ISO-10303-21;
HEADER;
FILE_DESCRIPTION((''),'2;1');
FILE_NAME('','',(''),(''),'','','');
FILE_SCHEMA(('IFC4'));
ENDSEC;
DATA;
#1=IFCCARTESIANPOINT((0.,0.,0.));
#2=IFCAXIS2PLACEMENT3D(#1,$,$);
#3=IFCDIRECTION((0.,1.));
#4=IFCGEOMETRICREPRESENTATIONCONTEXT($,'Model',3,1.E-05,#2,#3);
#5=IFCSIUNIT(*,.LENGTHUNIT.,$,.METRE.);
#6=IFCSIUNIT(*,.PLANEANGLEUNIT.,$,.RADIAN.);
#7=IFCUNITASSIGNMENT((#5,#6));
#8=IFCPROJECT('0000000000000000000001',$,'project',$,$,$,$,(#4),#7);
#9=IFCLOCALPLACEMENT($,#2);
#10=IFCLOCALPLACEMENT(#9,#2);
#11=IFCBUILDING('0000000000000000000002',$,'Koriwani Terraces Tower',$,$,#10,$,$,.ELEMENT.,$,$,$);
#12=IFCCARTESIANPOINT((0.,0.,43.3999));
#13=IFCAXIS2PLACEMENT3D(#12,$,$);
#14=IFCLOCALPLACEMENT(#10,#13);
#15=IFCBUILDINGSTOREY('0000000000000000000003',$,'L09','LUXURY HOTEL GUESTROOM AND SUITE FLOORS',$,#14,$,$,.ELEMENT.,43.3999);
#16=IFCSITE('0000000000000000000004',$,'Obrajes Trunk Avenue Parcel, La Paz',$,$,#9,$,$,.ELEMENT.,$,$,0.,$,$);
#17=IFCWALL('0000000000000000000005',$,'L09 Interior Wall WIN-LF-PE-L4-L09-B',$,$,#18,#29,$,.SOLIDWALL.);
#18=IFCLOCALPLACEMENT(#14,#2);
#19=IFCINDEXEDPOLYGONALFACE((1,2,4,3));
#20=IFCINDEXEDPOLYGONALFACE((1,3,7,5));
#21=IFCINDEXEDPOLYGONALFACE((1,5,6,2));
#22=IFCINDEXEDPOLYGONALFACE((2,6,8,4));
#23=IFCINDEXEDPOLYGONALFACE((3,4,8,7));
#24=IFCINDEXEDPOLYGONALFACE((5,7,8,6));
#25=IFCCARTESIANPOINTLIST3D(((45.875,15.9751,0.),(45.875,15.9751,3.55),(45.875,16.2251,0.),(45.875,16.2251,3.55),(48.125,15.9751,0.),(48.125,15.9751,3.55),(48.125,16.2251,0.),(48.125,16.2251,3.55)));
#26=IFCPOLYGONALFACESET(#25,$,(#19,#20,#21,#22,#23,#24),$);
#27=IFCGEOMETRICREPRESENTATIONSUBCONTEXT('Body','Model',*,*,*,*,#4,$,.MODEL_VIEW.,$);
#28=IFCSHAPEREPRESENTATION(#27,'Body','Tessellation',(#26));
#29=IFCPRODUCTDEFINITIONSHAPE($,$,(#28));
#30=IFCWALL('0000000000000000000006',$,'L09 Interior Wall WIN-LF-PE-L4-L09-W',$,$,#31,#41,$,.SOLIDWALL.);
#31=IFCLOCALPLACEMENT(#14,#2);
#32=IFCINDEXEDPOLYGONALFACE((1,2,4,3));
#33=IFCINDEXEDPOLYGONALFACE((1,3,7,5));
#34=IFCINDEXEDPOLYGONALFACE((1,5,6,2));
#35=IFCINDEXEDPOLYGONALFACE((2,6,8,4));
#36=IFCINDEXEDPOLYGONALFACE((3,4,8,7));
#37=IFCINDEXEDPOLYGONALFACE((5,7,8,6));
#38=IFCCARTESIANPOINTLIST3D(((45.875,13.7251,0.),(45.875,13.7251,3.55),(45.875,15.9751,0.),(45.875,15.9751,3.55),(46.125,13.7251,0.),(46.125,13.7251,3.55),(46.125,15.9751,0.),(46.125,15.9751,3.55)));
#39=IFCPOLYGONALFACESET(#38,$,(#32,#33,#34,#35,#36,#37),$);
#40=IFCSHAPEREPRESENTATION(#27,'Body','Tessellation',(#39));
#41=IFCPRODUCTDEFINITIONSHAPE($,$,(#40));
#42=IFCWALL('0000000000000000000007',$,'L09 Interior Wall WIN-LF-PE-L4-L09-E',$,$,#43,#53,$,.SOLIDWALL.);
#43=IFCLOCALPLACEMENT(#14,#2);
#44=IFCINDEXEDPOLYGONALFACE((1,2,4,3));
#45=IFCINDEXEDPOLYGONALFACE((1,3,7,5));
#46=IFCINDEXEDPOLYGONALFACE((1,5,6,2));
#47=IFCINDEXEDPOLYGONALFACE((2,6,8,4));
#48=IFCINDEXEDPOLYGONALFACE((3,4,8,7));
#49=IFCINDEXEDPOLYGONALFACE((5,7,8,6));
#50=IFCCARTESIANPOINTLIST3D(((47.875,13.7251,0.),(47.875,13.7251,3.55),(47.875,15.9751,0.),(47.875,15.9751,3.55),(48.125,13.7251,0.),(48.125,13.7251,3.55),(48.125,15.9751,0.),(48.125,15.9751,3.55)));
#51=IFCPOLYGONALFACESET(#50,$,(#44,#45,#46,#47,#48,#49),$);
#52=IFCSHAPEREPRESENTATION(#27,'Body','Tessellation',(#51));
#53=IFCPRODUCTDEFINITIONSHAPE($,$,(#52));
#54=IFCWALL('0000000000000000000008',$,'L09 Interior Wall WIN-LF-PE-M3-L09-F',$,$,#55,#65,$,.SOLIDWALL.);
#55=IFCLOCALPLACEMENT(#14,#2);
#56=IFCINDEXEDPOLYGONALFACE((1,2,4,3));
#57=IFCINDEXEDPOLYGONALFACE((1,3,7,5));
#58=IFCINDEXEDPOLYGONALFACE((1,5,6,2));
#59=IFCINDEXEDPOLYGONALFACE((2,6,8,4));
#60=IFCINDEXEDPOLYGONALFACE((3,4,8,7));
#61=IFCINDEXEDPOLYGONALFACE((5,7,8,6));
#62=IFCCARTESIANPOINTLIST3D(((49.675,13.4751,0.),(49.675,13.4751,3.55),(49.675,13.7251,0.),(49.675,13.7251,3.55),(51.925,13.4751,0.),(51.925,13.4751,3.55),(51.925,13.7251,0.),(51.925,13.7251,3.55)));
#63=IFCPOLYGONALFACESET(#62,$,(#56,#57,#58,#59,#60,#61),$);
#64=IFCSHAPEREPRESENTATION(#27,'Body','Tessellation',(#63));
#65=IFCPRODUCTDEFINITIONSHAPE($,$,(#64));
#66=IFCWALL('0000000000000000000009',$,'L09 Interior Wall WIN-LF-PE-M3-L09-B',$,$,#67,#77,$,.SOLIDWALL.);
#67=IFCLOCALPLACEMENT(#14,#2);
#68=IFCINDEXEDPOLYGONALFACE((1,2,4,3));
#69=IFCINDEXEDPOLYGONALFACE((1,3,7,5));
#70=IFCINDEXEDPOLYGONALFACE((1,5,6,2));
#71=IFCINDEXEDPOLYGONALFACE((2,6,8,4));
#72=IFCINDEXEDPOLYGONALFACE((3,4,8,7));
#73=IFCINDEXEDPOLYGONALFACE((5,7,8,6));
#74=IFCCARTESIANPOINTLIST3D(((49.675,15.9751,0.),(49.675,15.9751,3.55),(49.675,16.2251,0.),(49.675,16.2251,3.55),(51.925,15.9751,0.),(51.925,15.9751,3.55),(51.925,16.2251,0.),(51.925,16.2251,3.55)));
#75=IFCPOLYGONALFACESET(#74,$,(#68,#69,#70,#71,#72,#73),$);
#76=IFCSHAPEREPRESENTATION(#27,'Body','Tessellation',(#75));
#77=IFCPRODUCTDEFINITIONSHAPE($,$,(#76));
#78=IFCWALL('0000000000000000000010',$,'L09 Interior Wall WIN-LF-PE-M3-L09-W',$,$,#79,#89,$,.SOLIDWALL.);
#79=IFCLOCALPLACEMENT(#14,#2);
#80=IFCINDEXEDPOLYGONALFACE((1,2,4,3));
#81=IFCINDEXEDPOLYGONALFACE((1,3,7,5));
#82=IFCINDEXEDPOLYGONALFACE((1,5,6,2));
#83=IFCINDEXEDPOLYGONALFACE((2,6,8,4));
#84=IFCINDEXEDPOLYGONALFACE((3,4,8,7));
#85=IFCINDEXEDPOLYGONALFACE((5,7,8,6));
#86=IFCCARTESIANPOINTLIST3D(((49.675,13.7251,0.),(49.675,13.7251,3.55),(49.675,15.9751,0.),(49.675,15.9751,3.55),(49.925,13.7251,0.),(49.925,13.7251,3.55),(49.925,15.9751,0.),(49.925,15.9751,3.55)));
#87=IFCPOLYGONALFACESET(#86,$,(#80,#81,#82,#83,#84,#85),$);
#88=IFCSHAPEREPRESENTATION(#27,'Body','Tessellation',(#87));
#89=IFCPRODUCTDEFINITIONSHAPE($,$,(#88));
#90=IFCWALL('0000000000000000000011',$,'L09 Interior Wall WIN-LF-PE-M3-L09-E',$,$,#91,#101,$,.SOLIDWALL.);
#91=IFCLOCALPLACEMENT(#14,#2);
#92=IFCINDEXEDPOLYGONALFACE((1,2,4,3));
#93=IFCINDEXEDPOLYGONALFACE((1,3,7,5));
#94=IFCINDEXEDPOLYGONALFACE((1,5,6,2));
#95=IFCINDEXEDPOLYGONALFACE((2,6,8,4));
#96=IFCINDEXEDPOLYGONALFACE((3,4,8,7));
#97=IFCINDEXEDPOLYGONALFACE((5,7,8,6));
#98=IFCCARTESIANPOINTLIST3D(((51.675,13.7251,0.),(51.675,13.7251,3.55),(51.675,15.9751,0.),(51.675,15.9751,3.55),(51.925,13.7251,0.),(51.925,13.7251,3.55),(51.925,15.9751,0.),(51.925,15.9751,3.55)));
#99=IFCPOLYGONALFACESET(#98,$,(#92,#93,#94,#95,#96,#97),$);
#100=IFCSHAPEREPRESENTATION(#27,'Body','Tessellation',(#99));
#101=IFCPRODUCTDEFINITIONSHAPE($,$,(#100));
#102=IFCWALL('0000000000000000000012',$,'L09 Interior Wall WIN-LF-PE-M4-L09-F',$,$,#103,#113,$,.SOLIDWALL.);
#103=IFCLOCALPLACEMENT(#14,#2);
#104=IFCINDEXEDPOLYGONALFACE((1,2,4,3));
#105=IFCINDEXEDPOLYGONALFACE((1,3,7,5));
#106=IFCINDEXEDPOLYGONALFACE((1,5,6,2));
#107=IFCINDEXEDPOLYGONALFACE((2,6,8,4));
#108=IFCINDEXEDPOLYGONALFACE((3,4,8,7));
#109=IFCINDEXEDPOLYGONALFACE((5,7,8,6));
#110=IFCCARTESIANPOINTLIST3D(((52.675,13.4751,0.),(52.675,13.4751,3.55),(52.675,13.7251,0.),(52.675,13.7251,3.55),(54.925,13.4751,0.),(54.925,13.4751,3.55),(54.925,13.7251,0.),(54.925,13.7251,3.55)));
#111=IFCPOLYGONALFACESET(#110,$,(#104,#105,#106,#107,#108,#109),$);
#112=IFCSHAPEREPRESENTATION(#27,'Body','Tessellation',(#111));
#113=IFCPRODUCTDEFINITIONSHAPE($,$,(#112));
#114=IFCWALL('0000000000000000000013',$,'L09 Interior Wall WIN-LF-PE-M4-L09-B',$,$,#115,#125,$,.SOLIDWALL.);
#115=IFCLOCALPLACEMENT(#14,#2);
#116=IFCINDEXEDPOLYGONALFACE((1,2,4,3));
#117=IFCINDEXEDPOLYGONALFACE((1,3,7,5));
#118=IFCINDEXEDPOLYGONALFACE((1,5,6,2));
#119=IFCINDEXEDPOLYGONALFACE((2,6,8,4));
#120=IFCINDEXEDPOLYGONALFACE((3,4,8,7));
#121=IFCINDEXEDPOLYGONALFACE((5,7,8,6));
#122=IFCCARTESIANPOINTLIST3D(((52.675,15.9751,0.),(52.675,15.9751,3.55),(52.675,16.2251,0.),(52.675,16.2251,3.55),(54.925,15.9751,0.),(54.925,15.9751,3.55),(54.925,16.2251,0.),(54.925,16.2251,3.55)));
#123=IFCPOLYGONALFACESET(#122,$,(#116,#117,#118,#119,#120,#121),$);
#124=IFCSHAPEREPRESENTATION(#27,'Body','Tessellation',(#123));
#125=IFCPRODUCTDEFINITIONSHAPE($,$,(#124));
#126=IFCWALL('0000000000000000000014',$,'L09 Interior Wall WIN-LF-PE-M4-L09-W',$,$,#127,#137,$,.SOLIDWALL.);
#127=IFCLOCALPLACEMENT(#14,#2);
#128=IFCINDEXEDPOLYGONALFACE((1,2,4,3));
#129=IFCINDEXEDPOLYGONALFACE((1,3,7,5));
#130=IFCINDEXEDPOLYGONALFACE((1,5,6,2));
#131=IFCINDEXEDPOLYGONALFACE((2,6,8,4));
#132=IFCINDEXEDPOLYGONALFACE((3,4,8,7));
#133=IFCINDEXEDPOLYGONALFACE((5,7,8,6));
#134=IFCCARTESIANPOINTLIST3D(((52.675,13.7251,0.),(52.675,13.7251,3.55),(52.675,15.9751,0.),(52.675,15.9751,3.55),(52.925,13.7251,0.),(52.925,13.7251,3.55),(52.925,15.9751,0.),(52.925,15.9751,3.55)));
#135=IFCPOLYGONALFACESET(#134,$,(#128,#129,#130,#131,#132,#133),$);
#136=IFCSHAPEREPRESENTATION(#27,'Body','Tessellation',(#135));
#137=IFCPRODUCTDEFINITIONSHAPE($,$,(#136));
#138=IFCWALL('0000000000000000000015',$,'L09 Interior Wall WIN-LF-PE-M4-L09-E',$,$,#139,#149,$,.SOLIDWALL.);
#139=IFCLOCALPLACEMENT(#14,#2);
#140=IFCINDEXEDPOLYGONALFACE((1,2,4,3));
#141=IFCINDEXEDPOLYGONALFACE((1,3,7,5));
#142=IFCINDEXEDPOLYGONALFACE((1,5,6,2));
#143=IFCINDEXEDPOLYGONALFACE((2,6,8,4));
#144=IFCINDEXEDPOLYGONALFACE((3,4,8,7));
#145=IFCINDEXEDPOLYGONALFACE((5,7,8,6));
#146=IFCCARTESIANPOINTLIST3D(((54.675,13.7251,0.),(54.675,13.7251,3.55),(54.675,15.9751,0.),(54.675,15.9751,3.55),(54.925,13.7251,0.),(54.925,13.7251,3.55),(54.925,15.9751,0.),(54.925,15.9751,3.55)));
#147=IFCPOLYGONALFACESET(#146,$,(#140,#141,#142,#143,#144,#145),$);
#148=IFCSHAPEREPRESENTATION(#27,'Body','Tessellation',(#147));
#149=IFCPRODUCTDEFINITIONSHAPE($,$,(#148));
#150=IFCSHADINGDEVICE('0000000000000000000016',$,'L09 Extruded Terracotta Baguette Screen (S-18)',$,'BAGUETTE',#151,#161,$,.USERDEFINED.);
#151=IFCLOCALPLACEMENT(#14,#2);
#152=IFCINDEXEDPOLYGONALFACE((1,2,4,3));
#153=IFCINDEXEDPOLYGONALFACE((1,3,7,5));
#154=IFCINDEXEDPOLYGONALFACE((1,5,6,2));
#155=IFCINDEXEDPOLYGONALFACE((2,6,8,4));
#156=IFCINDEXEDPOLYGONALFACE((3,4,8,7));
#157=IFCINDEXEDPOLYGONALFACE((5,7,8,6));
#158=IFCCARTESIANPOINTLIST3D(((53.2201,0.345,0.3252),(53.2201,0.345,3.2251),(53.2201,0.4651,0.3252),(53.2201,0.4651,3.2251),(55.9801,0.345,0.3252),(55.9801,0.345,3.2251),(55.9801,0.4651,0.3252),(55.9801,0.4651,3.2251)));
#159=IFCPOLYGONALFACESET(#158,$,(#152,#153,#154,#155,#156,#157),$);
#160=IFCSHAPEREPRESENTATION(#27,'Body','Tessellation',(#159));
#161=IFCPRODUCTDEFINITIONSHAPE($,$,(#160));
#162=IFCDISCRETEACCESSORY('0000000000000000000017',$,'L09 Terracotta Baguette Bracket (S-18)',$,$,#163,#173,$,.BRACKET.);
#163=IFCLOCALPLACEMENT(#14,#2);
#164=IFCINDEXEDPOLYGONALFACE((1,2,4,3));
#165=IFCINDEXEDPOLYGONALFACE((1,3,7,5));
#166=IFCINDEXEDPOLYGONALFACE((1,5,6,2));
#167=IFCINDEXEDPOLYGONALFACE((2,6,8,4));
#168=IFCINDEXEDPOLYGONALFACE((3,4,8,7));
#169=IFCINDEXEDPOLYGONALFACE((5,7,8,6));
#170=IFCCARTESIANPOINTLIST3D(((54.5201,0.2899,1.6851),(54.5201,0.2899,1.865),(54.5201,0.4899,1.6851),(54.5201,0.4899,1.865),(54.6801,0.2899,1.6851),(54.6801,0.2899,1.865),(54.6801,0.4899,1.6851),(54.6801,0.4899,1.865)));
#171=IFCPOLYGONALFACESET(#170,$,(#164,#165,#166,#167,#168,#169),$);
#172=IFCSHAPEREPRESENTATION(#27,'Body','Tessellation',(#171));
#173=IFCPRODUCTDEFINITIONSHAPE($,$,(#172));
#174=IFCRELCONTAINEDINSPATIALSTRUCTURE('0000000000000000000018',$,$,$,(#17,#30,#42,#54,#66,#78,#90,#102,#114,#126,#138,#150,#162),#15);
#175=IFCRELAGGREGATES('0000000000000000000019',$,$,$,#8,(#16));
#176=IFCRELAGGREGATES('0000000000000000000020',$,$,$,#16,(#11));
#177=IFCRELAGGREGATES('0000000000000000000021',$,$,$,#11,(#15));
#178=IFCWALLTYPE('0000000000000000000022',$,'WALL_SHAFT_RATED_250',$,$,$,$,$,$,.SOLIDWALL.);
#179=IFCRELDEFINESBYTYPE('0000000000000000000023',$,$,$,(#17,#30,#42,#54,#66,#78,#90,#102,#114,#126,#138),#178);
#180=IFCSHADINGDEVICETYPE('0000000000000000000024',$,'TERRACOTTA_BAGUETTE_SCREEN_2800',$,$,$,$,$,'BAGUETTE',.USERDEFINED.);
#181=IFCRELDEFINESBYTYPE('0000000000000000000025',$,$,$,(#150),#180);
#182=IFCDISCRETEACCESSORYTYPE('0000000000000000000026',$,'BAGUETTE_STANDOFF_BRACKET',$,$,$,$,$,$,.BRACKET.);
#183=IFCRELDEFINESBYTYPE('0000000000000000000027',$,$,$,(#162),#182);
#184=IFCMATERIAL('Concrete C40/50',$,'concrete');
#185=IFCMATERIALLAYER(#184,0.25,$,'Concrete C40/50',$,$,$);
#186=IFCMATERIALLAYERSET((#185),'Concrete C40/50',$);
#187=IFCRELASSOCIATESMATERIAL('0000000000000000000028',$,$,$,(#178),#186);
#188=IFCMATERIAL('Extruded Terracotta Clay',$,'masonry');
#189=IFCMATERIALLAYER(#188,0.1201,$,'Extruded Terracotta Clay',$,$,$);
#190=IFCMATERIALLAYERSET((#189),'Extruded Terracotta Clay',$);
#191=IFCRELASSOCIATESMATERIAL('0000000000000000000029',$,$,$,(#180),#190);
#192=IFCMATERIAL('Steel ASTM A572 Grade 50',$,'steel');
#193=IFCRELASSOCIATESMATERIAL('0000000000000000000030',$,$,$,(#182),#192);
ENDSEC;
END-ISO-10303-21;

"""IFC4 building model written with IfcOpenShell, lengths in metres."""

from ifc_helpers import new_model, si_unit, direction, frame, frame_2d, origin, origin_2d, place, context, subcontext, project, spatial, rectangle, extrude, material, layer, layer_set, type_object, element, save


model = new_model("IFC4")

# Units and contexts
model_context = context("Model", 3, precision=1e-05, world=origin(), true_north=direction((0.0, 1.0)))
body_context = subcontext(model_context, "Body", "Model", "MODEL_VIEW")
ifc_project = project(units=[si_unit("LENGTHUNIT", "METRE"), si_unit("PLANEANGLEUNIT", "RADIAN")], contexts=[model_context])

# Site, building, storey
site_placement = place(None, origin())
site = spatial("IfcSite", under=ifc_project, at=site_placement, Name="Obrajes Trunk Avenue Parcel, La Paz", CompositionType="ELEMENT", RefElevation=0.0)
building_placement = place(site_placement, origin())
building = spatial("IfcBuilding", under=site, at=building_placement, Name="Koriwani Terraces Tower", CompositionType="ELEMENT")
storey_placement = place(building_placement, frame((0.0, 0.0, 43.3999)))
storey = spatial("IfcBuildingStorey", under=building, at=storey_placement, Name="L09", Description="LUXURY HOTEL GUESTROOM AND SUITE FLOORS", CompositionType="ELEMENT", Elevation=43.3999)

# Shared definitions
ifc_material_1 = material(Name="Concrete C40/50", Category="concrete")
ifc_material_2 = material(Name="Steel ASTM A572 Grade 50", Category="steel")

# Shared definitions
ifc_layer_1 = layer(ifc_material_1, 0.25, Name="Concrete C40/50")
ifc_layer_set_1 = layer_set([ifc_layer_1], Name="Concrete C40/50")
wall_type_1 = type_object("IfcWallType", Name="WALL_SHAFT_RATED_250", PredefinedType="SOLIDWALL", material=ifc_layer_set_1)

# Walls
for number, where, z_axis, x_axis, name in (
    (1, (45.875, 16.1001, 0.0), (0.0, 0.0, 1.0), (1.0, 0.0, 0.0), "L09 Interior Wall WIN-LF-PE-L4-L09-B"),
    (2, (46.0, 13.7251, 0.0), (0.0, 0.0, 1.0), (0.0, 1.0, 0.0), "L09 Interior Wall WIN-LF-PE-L4-L09-W"),
    (3, (48.0, 13.7251, 0.0), (0.0, 0.0, 1.0), (0.0, 1.0, 0.0), "L09 Interior Wall WIN-LF-PE-L4-L09-E"),
    (4, (49.675, 13.6001, 0.0), (0.0, 0.0, 1.0), (1.0, 0.0, 0.0), "L09 Interior Wall WIN-LF-PE-M3-L09-F"),
    (5, (49.675, 16.1001, 0.0), (0.0, 0.0, 1.0), (1.0, 0.0, 0.0), "L09 Interior Wall WIN-LF-PE-M3-L09-B"),
    (6, (49.8, 13.7251, 0.0), (0.0, 0.0, 1.0), (0.0, 1.0, 0.0), "L09 Interior Wall WIN-LF-PE-M3-L09-W"),
    (7, (51.8, 13.7251, 0.0), (0.0, 0.0, 1.0), (0.0, 1.0, 0.0), "L09 Interior Wall WIN-LF-PE-M3-L09-E"),
    (8, (52.675, 13.6001, 0.0), (0.0, 0.0, 1.0), (1.0, 0.0, 0.0), "L09 Interior Wall WIN-LF-PE-M4-L09-F"),
    (9, (52.675, 16.1001, 0.0), (0.0, 0.0, 1.0), (1.0, 0.0, 0.0), "L09 Interior Wall WIN-LF-PE-M4-L09-B"),
    (10, (52.8, 13.7251, 0.0), (0.0, 0.0, 1.0), (0.0, 1.0, 0.0), "L09 Interior Wall WIN-LF-PE-M4-L09-W"),
    (11, (54.8, 13.7251, 0.0), (0.0, 0.0, 1.0), (0.0, 1.0, 0.0), "L09 Interior Wall WIN-LF-PE-M4-L09-E"),
):
    element("IfcWall", number, at=place(storey_placement, frame(where, z_axis=z_axis, x_axis=x_axis)), inside=storey, type_object=wall_type_1, Name=name, PredefinedType="SOLIDWALL", context=body_context, shape_type="SweptSolid", body=[
        extrude(rectangle(XDim=2.25, YDim=0.25, at=frame_2d((1.125, 0.0))), origin(), (0.0, 0.0, 1.0), 3.55),
    ])

# Shading device
ifc_material_3 = material(Name="Extruded Terracotta Clay", Category="masonry")
ifc_layer_2 = layer(ifc_material_3, 0.1201, Name="Extruded Terracotta Clay")
ifc_layer_set_2 = layer_set([ifc_layer_2], Name="Extruded Terracotta Clay")
shading_device_type = type_object("IfcShadingDeviceType", Name="TERRACOTTA_BAGUETTE_SCREEN_2800", ElementType="BAGUETTE", PredefinedType="USERDEFINED", material=ifc_layer_set_2)
shading_device_placement = place(storey_placement, frame((54.6001, 0.405, 0.3252), z_axis=(0.0, 0.0, 1.0), x_axis=(-1.0, 0.0, 0.0)))
element("IfcShadingDevice", 12, at=shading_device_placement, inside=storey, type_object=shading_device_type, Name="L09 Extruded Terracotta Baguette Screen (S-18)", ObjectType="BAGUETTE", PredefinedType="USERDEFINED", context=body_context, shape_type="SweptSolid", body=[
    extrude(rectangle(XDim=2.76, YDim=0.1201, at=origin_2d()), origin(), (0.0, 0.0, 1.0), 2.8999),
])

# Discrete accessory
discrete_accessory_type = type_object("IfcDiscreteAccessoryType", Name="BAGUETTE_STANDOFF_BRACKET", PredefinedType="BRACKET", material=ifc_material_2)
discrete_accessory_placement = place(storey_placement, frame((54.6001, 0.3899, 1.6851), z_axis=(0.0, 0.0, 1.0), x_axis=(-1.0, 0.0, 0.0)))
element("IfcDiscreteAccessory", 13, at=discrete_accessory_placement, inside=storey, type_object=discrete_accessory_type, Name="L09 Terracotta Baguette Bracket (S-18)", PredefinedType="BRACKET", context=body_context, shape_type="SweptSolid", body=[
    extrude(rectangle(XDim=0.1599, YDim=0.2, at=origin_2d()), origin(), (0.0, 0.0, 1.0), 0.1799),
])

save(model, "model.ifc")
